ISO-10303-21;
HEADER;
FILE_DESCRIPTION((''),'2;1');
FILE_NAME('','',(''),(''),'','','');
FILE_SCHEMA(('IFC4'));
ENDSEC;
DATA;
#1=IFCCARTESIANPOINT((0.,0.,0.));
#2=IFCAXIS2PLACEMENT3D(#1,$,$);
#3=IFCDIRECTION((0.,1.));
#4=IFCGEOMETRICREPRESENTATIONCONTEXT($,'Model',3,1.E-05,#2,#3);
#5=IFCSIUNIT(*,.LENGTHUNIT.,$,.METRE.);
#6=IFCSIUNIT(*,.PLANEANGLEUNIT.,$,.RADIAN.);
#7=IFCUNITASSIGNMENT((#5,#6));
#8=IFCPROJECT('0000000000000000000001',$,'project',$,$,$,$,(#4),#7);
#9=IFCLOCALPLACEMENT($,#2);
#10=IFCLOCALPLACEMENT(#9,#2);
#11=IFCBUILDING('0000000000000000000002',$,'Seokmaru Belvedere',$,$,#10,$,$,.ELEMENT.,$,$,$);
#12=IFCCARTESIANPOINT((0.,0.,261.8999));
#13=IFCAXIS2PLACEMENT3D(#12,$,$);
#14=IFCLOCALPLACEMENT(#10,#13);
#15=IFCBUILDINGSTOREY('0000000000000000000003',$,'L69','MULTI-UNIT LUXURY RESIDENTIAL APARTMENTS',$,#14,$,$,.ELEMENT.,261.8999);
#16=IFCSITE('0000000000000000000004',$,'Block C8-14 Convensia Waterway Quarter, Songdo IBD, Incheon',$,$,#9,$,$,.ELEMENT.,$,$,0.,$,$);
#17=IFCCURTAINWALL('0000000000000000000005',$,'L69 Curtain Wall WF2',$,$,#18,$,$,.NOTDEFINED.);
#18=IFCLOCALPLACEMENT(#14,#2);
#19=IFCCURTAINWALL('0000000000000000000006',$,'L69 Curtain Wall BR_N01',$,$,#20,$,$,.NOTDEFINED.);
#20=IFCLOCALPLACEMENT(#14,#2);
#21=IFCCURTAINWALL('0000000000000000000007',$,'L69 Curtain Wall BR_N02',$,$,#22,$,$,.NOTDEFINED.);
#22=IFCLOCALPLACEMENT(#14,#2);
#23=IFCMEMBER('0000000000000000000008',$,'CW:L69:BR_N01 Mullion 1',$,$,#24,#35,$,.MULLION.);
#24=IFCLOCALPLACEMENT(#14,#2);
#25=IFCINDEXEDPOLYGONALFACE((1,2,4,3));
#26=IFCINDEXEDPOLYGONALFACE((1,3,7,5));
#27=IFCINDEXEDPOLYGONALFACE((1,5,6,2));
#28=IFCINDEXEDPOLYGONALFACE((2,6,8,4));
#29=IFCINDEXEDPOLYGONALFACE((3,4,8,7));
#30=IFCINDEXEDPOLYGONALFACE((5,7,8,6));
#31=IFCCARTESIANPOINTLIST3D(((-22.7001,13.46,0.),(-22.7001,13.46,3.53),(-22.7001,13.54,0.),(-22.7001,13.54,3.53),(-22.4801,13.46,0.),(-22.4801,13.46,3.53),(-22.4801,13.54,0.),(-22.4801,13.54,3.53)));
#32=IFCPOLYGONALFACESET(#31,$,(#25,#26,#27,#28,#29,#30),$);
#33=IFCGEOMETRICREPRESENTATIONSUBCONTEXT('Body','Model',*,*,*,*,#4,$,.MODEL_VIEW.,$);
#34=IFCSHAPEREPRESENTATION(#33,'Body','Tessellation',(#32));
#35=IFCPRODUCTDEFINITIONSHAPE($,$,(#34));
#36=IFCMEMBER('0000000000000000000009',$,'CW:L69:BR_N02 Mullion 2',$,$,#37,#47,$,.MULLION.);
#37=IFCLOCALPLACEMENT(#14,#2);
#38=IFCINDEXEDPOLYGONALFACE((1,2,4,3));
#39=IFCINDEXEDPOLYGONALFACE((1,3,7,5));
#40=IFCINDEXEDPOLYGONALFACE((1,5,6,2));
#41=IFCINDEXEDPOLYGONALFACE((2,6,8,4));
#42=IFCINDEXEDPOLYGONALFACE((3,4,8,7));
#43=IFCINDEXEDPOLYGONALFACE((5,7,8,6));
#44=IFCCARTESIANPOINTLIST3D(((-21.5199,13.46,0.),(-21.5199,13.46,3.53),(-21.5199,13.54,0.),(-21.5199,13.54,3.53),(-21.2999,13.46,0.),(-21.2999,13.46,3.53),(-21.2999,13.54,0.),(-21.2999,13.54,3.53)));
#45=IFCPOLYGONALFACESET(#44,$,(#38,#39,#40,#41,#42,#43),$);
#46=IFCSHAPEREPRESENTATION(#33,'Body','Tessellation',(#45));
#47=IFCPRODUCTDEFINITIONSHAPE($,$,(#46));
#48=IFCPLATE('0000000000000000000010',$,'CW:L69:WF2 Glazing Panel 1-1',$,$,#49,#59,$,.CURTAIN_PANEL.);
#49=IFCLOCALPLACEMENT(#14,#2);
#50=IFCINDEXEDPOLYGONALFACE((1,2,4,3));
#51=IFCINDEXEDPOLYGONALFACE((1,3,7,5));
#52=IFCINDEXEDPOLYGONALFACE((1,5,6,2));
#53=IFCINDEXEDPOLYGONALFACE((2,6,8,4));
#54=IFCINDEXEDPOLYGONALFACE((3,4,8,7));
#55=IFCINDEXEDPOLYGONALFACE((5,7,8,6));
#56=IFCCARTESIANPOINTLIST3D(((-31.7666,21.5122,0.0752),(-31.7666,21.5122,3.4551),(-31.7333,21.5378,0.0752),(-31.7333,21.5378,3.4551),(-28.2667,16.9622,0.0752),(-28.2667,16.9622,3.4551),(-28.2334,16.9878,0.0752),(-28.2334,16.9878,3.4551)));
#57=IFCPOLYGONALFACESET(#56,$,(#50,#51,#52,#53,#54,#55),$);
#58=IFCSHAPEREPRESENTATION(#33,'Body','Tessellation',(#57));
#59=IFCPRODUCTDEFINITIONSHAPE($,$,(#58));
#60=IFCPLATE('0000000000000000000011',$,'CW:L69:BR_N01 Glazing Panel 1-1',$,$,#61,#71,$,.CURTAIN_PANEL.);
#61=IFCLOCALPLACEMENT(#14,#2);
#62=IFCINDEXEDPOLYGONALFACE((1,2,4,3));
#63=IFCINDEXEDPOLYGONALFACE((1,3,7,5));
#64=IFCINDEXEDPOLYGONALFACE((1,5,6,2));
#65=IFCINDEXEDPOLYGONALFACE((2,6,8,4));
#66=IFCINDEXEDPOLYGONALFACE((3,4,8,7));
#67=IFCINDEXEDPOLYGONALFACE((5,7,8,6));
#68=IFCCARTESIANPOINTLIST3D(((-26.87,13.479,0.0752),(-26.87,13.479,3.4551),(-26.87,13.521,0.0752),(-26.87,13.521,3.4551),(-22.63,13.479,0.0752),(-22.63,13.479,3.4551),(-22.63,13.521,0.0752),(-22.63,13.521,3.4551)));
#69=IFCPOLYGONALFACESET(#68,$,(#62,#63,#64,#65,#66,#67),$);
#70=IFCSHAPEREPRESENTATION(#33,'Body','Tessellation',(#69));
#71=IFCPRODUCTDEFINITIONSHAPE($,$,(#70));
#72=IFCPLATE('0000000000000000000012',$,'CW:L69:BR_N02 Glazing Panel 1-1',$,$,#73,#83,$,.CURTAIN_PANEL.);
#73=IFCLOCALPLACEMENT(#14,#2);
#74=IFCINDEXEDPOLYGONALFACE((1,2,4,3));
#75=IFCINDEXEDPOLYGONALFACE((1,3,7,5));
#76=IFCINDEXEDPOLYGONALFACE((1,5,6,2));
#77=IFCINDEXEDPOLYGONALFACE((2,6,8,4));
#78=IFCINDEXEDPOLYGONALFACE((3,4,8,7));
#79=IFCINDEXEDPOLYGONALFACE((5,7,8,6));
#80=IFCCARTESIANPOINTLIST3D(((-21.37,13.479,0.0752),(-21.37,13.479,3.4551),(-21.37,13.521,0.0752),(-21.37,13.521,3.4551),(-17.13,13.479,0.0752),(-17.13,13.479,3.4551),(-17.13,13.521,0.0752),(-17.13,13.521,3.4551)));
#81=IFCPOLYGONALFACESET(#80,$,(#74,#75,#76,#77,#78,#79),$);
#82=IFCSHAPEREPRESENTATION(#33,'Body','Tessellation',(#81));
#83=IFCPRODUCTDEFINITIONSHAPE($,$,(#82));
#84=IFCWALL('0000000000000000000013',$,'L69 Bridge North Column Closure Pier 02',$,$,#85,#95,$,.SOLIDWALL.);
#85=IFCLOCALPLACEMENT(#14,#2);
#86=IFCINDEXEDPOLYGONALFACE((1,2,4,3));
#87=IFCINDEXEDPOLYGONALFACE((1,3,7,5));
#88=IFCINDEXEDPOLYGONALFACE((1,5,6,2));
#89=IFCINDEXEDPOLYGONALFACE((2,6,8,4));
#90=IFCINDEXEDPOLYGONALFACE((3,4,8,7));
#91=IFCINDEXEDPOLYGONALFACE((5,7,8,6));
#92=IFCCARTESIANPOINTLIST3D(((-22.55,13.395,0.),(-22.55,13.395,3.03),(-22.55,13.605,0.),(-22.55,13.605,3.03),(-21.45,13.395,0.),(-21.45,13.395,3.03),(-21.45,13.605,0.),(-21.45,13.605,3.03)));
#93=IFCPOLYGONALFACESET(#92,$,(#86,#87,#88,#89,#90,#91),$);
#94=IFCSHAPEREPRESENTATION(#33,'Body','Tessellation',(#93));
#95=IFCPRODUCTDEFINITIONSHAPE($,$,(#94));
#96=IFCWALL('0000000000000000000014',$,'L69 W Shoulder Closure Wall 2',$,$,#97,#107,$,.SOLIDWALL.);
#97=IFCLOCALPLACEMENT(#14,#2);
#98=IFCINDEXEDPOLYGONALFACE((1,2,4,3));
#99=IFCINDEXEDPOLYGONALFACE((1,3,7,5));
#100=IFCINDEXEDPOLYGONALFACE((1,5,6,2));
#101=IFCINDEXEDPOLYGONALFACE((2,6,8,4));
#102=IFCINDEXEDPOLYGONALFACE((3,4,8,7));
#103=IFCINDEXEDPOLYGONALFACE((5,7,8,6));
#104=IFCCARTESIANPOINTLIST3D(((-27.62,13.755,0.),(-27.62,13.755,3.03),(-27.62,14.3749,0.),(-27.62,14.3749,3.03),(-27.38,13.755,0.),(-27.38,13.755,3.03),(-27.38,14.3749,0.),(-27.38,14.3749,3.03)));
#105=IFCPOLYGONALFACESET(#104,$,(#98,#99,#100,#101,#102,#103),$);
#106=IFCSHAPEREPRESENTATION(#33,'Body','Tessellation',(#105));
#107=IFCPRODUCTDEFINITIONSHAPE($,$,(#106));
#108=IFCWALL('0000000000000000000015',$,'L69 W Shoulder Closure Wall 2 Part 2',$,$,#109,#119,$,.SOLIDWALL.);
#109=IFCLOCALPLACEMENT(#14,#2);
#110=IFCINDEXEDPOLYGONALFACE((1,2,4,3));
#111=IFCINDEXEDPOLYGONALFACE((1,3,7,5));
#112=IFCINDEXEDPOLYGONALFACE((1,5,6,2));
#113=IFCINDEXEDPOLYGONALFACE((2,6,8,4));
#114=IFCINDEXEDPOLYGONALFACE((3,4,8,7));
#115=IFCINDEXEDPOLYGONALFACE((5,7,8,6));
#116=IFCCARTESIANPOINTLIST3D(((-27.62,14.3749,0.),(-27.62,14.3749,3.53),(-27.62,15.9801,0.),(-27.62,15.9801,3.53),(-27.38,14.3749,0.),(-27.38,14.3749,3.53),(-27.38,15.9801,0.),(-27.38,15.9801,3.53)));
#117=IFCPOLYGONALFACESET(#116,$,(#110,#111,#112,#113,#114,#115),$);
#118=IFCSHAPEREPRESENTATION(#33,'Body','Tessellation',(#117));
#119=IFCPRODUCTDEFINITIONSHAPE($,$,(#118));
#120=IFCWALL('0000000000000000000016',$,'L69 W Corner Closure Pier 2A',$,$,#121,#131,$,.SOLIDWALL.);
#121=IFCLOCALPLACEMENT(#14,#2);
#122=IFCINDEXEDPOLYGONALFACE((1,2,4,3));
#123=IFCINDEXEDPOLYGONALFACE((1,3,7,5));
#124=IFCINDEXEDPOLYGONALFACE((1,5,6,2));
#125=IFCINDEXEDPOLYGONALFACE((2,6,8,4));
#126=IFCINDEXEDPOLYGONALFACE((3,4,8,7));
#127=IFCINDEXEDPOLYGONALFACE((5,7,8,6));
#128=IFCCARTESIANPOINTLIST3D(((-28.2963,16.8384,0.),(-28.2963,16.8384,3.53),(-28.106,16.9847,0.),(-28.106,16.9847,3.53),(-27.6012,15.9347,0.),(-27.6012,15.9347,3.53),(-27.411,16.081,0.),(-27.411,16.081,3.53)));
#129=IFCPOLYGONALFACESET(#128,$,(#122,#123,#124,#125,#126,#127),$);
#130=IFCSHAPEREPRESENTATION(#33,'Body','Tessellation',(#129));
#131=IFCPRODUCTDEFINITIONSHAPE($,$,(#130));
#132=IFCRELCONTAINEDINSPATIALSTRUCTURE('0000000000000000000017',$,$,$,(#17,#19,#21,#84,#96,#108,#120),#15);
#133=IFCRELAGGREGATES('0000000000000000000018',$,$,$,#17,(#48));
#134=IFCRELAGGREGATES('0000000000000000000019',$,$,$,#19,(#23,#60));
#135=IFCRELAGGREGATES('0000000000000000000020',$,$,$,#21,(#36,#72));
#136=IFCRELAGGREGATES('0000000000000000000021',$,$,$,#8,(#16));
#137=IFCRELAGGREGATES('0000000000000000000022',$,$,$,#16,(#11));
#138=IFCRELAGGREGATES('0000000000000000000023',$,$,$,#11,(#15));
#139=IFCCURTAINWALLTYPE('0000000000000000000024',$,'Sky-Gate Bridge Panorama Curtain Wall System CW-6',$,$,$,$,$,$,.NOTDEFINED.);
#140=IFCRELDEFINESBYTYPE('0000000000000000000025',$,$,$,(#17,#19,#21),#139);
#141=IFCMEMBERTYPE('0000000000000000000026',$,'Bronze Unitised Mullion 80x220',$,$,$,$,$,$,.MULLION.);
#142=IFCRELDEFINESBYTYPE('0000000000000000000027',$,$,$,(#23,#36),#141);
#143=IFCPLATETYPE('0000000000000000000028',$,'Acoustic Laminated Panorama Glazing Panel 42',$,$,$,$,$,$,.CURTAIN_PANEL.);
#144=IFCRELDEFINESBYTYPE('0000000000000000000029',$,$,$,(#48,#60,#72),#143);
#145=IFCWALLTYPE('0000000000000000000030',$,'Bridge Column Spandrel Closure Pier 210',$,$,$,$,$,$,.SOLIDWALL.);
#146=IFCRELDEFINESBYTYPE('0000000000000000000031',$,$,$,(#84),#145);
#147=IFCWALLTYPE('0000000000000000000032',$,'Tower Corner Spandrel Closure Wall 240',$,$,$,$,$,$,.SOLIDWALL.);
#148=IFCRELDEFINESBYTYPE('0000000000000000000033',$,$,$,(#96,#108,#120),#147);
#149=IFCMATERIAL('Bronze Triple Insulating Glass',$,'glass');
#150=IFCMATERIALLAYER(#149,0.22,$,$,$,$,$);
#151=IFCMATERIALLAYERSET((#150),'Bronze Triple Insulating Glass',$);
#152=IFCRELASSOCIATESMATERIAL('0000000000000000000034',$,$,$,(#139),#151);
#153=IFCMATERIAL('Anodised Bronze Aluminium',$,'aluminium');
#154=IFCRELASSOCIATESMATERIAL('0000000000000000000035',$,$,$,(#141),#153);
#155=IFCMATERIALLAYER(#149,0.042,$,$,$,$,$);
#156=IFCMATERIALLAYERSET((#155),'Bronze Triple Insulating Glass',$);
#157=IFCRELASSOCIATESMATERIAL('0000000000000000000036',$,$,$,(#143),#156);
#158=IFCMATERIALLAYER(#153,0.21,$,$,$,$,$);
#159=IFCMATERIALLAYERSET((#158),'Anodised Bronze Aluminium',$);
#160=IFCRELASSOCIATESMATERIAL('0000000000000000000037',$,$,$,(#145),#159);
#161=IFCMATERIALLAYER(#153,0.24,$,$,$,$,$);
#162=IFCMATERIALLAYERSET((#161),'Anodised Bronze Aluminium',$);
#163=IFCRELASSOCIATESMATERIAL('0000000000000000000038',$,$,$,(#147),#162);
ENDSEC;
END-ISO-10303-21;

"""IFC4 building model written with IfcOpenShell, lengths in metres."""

from ifc_helpers import new_model, si_unit, direction, frame, frame_2d, origin, origin_2d, place, context, subcontext, project, spatial, rectangle, extrude, source, transform, mapped, material, layer, layer_set, material_profile, profile_set, type_object, type_shapes, element, aggregate, save


model = new_model("IFC4")

# Units and contexts
model_context = context("Model", 3, precision=1e-05, world=origin(), true_north=direction((0.0, 1.0)))
body_context = subcontext(model_context, "Body", "Model", "MODEL_VIEW")
ifc_project = project(units=[si_unit("LENGTHUNIT", "METRE"), si_unit("PLANEANGLEUNIT", "RADIAN")], contexts=[model_context])

# Site, building, storey
site_placement = place(None, origin())
site = spatial("IfcSite", under=ifc_project, at=site_placement, Name="Block C8-14 Convensia Waterway Quarter, Songdo IBD, Incheon", CompositionType="ELEMENT", RefElevation=0.0)
building_placement = place(site_placement, origin())
building = spatial("IfcBuilding", under=site, at=building_placement, Name="Seokmaru Belvedere", CompositionType="ELEMENT")
storey_placement = place(building_placement, frame((0.0, 0.0, 261.8999)))
storey = spatial("IfcBuildingStorey", under=building, at=storey_placement, Name="L69", Description="MULTI-UNIT LUXURY RESIDENTIAL APARTMENTS", CompositionType="ELEMENT", Elevation=261.8999)

# Curtain walls
ifc_material_1 = material(Name="Bronze Triple Insulating Glass", Category="glass")
ifc_layer_1 = layer(ifc_material_1, 0.22)
ifc_layer_set_1 = layer_set([ifc_layer_1], Name="Bronze Triple Insulating Glass")
curtain_wall_type = type_object("IfcCurtainWallType", Name="Sky-Gate Bridge Panorama Curtain Wall System CW-6", PredefinedType="NOTDEFINED", material=ifc_layer_set_1)
curtain_wall_1_placement = place(storey_placement, origin())
curtain_wall_1 = element("IfcCurtainWall", 1, at=curtain_wall_1_placement, inside=storey, type_object=curtain_wall_type, Name="L69 Curtain Wall WF2", PredefinedType="NOTDEFINED")
ifc_material_2 = material(Name="Anodised Bronze Aluminium", Category="aluminium")
curtain_wall_2_placement = place(storey_placement, origin())
curtain_wall_2 = element("IfcCurtainWall", 2, at=curtain_wall_2_placement, inside=storey, type_object=curtain_wall_type, Name="L69 Curtain Wall BR_N01", PredefinedType="NOTDEFINED")
curtain_wall_3_placement = place(storey_placement, origin())
curtain_wall_3 = element("IfcCurtainWall", 3, at=curtain_wall_3_placement, inside=storey, type_object=curtain_wall_type, Name="L69 Curtain Wall BR_N02", PredefinedType="NOTDEFINED")

# Members
ifc_material_profile_1 = material_profile(ifc_material_2, rectangle(XDim=0.0801, YDim=0.22, at=origin_2d()), Name="CW-M-80x220")
ifc_profile_set_1 = profile_set([ifc_material_profile_1], Name="Anodised Bronze Aluminium")
member_type_1 = type_object("IfcMemberType", Name="Bronze Unitised Mullion 80x220", PredefinedType="MULLION", material=ifc_profile_set_1)
shared_shape_1 = source(origin(), body_context, "Body", "SweptSolid", [
    extrude(rectangle(XDim=0.0801, YDim=0.22, at=origin_2d()), origin(), (0.0, 0.0, 1.0), 3.53),
])
type_shapes(member_type_1, [shared_shape_1])
member_1_placement = place(storey_placement, frame((-22.5901, 13.5, 0.0), z_axis=(0.0, 0.0, 1.0), x_axis=(0.0, -1.0, 0.0)))
member_1 = element("IfcMember", 4, at=member_1_placement, type_object=member_type_1, Name="CW:L69:BR_N01 Mullion 1", PredefinedType="MULLION", context=body_context, shape_type="MappedRepresentation", body=[
    mapped(shared_shape_1, transform((0.0, 0.0, 0.0), scale=1.0)),
])
member_2_placement = place(storey_placement, frame((-21.4099, 13.5, 0.0), z_axis=(0.0, 0.0, 1.0), x_axis=(0.0, -1.0, 0.0)))
member_2 = element("IfcMember", 5, at=member_2_placement, type_object=member_type_1, Name="CW:L69:BR_N02 Mullion 2", PredefinedType="MULLION", context=body_context, shape_type="MappedRepresentation", body=[
    mapped(shared_shape_1, transform((0.0, 0.0, 0.0), scale=1.0)),
])

# Plates
ifc_layer_2 = layer(ifc_material_1, 0.042)
ifc_layer_set_2 = layer_set([ifc_layer_2], Name="Bronze Triple Insulating Glass")
plate_type = type_object("IfcPlateType", Name="Acoustic Laminated Panorama Glazing Panel 42", PredefinedType="CURTAIN_PANEL", material=ifc_layer_set_2)
shared_shape_2 = source(origin(), body_context, "Body", "SweptSolid", [
    extrude(rectangle(XDim=5.7405, YDim=0.042, at=origin_2d()), origin(), (0.0, 0.0, 1.0), 3.3799),
])
plate_1_placement = place(storey_placement, frame((-30.0, 19.25, 0.0752), z_axis=(0.0, 0.0, 1.0), x_axis=(-0.609701, 0.792631, 0.0)))
plate_1 = element("IfcPlate", 6, at=plate_1_placement, type_object=plate_type, Name="CW:L69:WF2 Glazing Panel 1-1", PredefinedType="CURTAIN_PANEL", context=body_context, shape_type="MappedRepresentation", body=[
    mapped(shared_shape_2, transform((0.0, 0.0, 0.0), scale=1.0)),
])
aggregate(curtain_wall_1, [plate_1])
shared_shape_3 = source(origin(), body_context, "Body", "SweptSolid", [
    extrude(rectangle(XDim=4.24, YDim=0.042, at=origin_2d()), origin(), (0.0, 0.0, 1.0), 3.3799),
])
type_shapes(plate_type, [shared_shape_2, shared_shape_3])
plate_2_placement = place(storey_placement, frame((-24.75, 13.5, 0.0752), z_axis=(0.0, 0.0, 1.0), x_axis=(-1.0, 0.0, 0.0)))
plate_2 = element("IfcPlate", 7, at=plate_2_placement, type_object=plate_type, Name="CW:L69:BR_N01 Glazing Panel 1-1", PredefinedType="CURTAIN_PANEL", context=body_context, shape_type="MappedRepresentation", body=[
    mapped(shared_shape_3, transform((0.0, 0.0, 0.0), scale=1.0)),
])
aggregate(curtain_wall_2, [member_1, plate_2])
plate_3_placement = place(storey_placement, frame((-19.25, 13.5, 0.0752), z_axis=(0.0, 0.0, 1.0), x_axis=(-1.0, 0.0, 0.0)))
plate_3 = element("IfcPlate", 8, at=plate_3_placement, type_object=plate_type, Name="CW:L69:BR_N02 Glazing Panel 1-1", PredefinedType="CURTAIN_PANEL", context=body_context, shape_type="MappedRepresentation", body=[
    mapped(shared_shape_3, transform((0.0, 0.0, 0.0), scale=1.0)),
])
aggregate(curtain_wall_3, [member_2, plate_3])

# Walls
ifc_layer_3 = layer(ifc_material_2, 0.21)
ifc_layer_set_3 = layer_set([ifc_layer_3], Name="Anodised Bronze Aluminium")
wall_type_1 = type_object("IfcWallType", Name="Bridge Column Spandrel Closure Pier 210", PredefinedType="SOLIDWALL", material=ifc_layer_set_3)
wall_1_placement = place(storey_placement, frame((-22.55, 13.5, 0.0), z_axis=(0.0, 0.0, 1.0), x_axis=(1.0, 0.0, 0.0)))
element("IfcWall", 9, at=wall_1_placement, inside=storey, type_object=wall_type_1, Name="L69 Bridge North Column Closure Pier 02", PredefinedType="SOLIDWALL", context=body_context, shape_type="SweptSolid", body=[
    extrude(rectangle(XDim=1.1001, YDim=0.21, at=frame_2d((0.55, 0.0))), origin(), (0.0, 0.0, 1.0), 3.03),
])
ifc_layer_4 = layer(ifc_material_2, 0.24)
ifc_layer_set_4 = layer_set([ifc_layer_4], Name="Anodised Bronze Aluminium")
wall_type_2 = type_object("IfcWallType", Name="Tower Corner Spandrel Closure Wall 240", PredefinedType="SOLIDWALL", material=ifc_layer_set_4)
wall_2_placement = place(storey_placement, frame((-27.5, 13.7549, 0.0), z_axis=(0.0, 0.0, 1.0), x_axis=(0.0, 1.0, 0.0)))
element("IfcWall", 10, at=wall_2_placement, inside=storey, type_object=wall_type_2, Name="L69 W Shoulder Closure Wall 2", PredefinedType="SOLIDWALL", context=body_context, shape_type="SweptSolid", body=[
    extrude(rectangle(XDim=0.6199, YDim=0.24, at=frame_2d((0.3101, 0.0))), origin(), (0.0, 0.0, 1.0), 3.03),
])
wall_3_placement = place(storey_placement, frame((-27.5, 14.3748, 0.0), z_axis=(0.0, 0.0, 1.0), x_axis=(0.0, 1.0, 0.0)))
element("IfcWall", 11, at=wall_3_placement, inside=storey, type_object=wall_type_2, Name="L69 W Shoulder Closure Wall 2 Part 2", PredefinedType="SOLIDWALL", context=body_context, shape_type="SweptSolid", body=[
    extrude(rectangle(XDim=1.6052, YDim=0.24, at=frame_2d((0.8027, 0.0))), origin(), (0.0, 0.0, 1.0), 3.53),
])
wall_4_placement = place(storey_placement, frame((-27.5061, 16.0078, 0.0), z_axis=(0.0, 0.0, 1.0), x_axis=(-0.609618, 0.792696, 0.0)))
element("IfcWall", 12, at=wall_4_placement, inside=storey, type_object=wall_type_2, Name="L69 W Corner Closure Pier 2A", PredefinedType="SOLIDWALL", context=body_context, shape_type="SweptSolid", body=[
    extrude(rectangle(XDim=1.1401, YDim=0.24, at=frame_2d((0.5701, 0.0))), origin(), (0.0, 0.0, 1.0), 3.53),
])

save(model, "model.ifc")
